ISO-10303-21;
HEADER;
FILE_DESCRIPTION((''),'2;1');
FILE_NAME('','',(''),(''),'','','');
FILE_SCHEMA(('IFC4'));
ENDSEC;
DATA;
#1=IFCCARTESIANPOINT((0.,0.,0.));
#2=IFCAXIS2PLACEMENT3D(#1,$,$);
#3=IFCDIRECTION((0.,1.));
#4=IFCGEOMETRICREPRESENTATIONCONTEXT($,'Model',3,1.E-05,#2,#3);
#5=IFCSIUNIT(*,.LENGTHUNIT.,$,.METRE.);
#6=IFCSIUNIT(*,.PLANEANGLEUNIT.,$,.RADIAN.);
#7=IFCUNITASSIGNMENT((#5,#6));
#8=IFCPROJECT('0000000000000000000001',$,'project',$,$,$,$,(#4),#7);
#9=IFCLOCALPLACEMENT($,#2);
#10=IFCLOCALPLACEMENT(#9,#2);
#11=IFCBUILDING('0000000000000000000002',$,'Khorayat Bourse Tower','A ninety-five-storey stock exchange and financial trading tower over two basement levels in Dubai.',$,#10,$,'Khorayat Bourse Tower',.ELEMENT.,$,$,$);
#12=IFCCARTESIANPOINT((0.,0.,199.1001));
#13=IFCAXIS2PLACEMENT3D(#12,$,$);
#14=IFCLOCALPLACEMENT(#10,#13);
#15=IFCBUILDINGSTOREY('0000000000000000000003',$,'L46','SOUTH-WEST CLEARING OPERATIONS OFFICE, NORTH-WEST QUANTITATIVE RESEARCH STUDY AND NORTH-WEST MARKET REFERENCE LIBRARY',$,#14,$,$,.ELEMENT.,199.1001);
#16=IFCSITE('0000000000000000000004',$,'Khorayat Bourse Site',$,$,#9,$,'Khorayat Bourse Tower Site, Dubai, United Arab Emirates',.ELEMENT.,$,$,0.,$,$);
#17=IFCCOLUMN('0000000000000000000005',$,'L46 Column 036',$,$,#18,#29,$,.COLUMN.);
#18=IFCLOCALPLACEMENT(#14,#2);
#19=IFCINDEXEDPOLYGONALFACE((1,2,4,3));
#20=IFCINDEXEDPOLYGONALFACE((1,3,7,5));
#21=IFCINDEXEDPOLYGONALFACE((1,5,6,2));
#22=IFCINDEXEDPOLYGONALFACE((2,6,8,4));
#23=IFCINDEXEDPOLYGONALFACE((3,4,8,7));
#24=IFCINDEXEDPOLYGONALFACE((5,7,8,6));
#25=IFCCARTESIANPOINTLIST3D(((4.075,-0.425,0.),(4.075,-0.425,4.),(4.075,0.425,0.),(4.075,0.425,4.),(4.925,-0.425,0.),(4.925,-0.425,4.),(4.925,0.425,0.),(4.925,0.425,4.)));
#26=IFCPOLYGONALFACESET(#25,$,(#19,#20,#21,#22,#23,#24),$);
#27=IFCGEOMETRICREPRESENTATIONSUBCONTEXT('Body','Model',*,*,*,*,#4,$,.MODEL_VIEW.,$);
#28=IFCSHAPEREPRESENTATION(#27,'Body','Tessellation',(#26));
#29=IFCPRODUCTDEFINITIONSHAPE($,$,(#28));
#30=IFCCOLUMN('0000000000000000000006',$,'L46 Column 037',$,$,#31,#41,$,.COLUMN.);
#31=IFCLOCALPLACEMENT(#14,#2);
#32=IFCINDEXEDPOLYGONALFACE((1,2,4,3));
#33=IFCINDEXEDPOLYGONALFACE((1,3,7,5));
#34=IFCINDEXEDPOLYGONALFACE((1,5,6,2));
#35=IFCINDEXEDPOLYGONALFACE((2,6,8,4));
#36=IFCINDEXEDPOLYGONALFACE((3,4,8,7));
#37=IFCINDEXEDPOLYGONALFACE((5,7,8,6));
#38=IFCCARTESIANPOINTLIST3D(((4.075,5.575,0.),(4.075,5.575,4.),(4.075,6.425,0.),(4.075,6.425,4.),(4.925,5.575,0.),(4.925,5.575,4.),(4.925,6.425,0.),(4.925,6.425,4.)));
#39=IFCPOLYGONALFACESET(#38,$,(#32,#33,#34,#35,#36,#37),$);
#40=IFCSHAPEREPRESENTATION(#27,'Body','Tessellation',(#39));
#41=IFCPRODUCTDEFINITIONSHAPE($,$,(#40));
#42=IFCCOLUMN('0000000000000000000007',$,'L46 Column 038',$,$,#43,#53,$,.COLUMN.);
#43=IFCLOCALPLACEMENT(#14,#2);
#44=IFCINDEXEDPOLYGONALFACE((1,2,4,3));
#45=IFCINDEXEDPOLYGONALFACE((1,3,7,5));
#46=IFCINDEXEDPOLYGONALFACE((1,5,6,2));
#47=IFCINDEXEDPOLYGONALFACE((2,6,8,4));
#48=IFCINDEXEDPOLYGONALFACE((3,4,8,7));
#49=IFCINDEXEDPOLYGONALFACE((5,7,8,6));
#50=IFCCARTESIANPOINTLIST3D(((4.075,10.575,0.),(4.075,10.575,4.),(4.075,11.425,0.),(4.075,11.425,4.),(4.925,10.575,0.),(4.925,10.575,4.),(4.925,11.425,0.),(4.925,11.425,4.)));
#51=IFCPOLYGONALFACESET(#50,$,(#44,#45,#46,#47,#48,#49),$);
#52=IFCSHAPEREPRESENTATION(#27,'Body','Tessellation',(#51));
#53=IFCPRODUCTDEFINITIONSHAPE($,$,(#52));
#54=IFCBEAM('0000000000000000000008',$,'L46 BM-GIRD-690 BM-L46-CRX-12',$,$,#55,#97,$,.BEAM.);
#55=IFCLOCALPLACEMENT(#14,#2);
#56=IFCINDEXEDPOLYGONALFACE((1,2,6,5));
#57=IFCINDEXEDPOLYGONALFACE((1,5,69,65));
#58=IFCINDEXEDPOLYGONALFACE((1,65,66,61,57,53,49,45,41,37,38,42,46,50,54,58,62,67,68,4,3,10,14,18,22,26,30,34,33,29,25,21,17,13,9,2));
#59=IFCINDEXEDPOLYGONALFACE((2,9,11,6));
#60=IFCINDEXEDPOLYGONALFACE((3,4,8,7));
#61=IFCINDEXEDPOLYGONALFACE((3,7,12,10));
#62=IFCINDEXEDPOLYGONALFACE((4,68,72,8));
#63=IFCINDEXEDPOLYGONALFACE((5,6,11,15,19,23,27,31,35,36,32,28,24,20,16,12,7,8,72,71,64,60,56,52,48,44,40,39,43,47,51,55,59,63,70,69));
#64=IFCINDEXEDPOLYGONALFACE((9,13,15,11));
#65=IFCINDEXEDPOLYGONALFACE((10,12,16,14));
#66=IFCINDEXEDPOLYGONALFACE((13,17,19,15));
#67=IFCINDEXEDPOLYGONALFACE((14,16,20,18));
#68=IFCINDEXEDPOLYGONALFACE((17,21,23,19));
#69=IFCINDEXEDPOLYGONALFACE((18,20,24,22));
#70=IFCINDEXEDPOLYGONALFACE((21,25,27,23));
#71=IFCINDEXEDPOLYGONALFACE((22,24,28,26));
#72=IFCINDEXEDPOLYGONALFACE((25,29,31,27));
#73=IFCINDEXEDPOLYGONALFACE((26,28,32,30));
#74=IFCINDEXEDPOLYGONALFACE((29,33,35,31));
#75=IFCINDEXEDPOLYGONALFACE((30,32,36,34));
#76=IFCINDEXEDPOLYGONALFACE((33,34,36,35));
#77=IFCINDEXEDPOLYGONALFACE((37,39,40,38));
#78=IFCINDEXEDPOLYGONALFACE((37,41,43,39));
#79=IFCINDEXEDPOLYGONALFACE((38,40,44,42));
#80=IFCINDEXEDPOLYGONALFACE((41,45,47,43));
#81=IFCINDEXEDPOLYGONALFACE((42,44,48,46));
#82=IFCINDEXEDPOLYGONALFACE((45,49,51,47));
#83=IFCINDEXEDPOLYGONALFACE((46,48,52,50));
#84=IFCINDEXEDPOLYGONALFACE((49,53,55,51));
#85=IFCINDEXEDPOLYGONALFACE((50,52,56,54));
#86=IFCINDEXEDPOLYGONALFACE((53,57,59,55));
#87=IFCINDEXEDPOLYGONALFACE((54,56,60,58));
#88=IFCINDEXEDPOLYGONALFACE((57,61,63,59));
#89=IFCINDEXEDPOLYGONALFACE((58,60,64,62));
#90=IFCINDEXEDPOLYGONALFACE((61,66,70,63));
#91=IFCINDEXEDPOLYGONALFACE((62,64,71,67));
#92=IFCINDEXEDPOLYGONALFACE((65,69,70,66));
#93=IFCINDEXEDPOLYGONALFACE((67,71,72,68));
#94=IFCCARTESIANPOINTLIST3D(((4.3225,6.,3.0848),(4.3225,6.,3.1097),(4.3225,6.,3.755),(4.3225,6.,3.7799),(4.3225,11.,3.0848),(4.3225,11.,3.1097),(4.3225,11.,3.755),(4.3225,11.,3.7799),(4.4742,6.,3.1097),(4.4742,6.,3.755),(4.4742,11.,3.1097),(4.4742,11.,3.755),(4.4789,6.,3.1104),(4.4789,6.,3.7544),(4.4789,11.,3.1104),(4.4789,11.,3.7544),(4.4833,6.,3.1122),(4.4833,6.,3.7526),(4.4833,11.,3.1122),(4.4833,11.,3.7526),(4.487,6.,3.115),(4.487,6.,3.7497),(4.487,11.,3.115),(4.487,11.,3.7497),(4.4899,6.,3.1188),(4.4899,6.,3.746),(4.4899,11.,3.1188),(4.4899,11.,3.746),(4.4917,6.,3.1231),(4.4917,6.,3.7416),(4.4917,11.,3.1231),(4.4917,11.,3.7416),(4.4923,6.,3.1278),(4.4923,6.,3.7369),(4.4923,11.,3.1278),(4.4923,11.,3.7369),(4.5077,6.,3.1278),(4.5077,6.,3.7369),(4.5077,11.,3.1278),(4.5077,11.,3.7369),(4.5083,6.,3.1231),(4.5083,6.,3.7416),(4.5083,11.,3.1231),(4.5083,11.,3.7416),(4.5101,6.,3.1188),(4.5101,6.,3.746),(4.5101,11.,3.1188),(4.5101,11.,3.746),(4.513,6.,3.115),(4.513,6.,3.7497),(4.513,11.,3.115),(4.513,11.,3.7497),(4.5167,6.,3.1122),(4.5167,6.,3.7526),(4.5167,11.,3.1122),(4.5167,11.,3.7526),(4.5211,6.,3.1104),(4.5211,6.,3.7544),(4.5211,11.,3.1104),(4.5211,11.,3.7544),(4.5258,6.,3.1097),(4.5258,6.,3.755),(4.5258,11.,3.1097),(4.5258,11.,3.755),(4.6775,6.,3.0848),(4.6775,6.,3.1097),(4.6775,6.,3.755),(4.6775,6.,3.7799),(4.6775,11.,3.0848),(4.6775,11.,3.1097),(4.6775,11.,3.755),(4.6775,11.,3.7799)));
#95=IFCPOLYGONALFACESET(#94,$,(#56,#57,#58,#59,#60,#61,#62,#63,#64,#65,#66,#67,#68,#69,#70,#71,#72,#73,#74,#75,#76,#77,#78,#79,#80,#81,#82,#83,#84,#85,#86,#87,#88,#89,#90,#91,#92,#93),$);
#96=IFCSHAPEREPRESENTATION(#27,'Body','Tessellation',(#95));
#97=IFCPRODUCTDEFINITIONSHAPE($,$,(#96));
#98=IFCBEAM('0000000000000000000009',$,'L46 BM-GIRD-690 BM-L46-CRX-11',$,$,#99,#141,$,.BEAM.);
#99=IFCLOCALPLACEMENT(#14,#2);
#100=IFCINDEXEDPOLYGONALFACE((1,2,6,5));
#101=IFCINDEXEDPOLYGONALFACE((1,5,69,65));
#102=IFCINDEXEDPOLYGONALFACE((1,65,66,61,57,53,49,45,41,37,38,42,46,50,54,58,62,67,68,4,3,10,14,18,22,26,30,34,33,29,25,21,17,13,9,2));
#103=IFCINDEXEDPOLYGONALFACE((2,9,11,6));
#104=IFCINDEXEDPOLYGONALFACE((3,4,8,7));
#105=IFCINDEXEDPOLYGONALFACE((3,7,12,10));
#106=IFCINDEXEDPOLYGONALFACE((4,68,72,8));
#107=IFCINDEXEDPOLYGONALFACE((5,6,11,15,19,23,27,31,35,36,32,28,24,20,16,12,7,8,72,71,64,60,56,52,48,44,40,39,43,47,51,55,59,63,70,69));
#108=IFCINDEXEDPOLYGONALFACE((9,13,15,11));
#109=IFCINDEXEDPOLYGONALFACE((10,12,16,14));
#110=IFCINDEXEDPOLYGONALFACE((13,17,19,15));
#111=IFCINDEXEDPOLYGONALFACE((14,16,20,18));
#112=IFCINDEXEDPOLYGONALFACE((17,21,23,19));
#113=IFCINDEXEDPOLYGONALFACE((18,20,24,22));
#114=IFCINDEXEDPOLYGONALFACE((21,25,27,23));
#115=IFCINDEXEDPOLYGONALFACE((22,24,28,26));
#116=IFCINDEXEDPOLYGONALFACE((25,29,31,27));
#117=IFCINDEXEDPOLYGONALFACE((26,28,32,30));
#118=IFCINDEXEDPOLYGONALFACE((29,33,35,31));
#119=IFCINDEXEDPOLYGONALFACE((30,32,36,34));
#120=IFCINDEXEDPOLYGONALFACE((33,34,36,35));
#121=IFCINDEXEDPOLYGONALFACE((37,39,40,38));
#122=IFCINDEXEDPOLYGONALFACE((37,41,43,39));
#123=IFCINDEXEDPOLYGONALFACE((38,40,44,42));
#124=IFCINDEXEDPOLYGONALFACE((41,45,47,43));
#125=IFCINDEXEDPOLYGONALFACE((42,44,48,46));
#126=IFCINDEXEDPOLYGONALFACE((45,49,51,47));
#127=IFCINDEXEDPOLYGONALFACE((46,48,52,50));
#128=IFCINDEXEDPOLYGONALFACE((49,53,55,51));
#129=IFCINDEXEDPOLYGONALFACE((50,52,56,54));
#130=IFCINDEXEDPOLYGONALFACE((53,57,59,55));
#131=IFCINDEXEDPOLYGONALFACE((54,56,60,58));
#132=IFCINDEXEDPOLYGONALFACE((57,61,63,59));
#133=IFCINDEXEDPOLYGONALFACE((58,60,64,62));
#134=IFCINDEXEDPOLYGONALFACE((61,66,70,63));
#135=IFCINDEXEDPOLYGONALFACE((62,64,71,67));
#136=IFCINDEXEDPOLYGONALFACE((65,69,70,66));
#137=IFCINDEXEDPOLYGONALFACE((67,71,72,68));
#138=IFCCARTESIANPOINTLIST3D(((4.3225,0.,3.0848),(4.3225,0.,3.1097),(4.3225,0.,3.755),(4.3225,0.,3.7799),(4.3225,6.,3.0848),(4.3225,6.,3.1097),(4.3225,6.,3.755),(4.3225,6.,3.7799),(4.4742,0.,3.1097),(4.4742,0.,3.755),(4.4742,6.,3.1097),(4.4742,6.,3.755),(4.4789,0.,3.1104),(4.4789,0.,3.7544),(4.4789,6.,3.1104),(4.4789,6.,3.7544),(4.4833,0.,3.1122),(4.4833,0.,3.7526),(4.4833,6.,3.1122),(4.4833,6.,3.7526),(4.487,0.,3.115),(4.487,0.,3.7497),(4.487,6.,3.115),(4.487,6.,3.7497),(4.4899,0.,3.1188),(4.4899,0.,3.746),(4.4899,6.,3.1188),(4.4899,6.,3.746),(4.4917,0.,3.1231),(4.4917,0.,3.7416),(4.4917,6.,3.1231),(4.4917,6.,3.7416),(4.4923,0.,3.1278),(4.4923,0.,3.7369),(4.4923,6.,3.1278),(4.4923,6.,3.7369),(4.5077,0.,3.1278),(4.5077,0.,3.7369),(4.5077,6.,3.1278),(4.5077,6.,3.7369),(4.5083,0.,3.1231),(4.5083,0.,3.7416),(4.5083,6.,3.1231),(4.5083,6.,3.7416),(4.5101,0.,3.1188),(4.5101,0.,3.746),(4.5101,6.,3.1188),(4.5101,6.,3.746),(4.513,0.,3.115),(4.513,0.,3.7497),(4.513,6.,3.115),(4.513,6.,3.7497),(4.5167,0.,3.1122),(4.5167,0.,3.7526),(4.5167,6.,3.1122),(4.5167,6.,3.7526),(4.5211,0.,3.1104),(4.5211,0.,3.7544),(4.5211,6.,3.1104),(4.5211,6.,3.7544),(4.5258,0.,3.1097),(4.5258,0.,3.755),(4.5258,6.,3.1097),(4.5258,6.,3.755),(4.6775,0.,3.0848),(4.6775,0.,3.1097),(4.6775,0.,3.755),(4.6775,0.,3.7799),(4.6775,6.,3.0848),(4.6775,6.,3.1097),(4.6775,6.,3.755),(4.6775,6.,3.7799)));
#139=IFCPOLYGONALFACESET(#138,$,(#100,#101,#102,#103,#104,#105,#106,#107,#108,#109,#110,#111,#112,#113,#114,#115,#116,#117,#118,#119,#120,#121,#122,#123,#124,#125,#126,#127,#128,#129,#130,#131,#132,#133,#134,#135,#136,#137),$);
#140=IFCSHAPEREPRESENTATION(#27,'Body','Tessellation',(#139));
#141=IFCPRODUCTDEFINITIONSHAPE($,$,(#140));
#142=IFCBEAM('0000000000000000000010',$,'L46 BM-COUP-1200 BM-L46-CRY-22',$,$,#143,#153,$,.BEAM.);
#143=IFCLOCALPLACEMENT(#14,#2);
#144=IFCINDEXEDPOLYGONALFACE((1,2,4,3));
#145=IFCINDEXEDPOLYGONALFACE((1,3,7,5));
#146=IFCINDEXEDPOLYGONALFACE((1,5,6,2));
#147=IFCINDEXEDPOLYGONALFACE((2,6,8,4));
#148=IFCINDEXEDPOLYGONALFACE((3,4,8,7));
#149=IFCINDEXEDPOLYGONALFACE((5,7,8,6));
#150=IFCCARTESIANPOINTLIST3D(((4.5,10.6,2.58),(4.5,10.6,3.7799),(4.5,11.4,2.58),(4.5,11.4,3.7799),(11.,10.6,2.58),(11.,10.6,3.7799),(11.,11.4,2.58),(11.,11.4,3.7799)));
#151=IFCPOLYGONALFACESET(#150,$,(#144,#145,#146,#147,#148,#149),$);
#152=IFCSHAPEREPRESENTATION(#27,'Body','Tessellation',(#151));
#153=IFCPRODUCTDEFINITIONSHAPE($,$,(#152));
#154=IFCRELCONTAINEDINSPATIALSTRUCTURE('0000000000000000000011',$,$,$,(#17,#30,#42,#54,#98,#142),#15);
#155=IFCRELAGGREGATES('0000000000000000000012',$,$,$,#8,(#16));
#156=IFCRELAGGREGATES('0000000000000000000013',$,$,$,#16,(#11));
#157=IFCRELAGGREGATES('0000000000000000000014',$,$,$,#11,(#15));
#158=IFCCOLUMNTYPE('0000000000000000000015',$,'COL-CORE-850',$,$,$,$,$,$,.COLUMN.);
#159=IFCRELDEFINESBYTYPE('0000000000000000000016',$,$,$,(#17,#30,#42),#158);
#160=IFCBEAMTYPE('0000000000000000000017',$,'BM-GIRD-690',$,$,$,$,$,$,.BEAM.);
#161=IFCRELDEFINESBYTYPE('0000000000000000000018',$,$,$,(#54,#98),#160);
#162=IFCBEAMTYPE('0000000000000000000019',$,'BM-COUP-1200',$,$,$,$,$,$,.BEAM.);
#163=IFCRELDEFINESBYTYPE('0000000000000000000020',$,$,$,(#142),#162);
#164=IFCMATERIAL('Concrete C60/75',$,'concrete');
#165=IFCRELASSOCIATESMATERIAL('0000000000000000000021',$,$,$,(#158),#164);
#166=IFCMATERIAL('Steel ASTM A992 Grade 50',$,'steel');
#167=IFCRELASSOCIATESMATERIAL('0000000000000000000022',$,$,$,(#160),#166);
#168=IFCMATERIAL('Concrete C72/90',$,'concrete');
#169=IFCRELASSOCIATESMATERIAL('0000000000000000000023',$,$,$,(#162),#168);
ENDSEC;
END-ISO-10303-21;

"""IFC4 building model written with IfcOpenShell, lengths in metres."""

from ifc_helpers import new_model, si_unit, direction, frame, origin, origin_2d, place, context, subcontext, project, spatial, rectangle, i_section, extrude, source, transform, mapped, material, material_profile, profile_set, type_object, element, save


model = new_model("IFC4")

# Units and contexts
model_context = context("Model", 3, precision=1e-05, world=origin(), true_north=direction((0.0, 1.0)))
body_context = subcontext(model_context, "Body", "Model", "MODEL_VIEW")
ifc_project = project(units=[si_unit("LENGTHUNIT", "METRE"), si_unit("PLANEANGLEUNIT", "RADIAN")], contexts=[model_context])

# Site, building, storey
site_placement = place(None, origin())
site = spatial("IfcSite", under=ifc_project, at=site_placement, Name="Khorayat Bourse Site", LongName="Khorayat Bourse Tower Site, Dubai, United Arab Emirates", CompositionType="ELEMENT", RefElevation=0.0)
building_placement = place(site_placement, origin())
building = spatial("IfcBuilding", under=site, at=building_placement, Name="Khorayat Bourse Tower", Description="A ninety-five-storey stock exchange and financial trading tower over two basement levels in Dubai.", LongName="Khorayat Bourse Tower", CompositionType="ELEMENT")
storey_placement = place(building_placement, frame((0.0, 0.0, 199.1001)))
storey = spatial("IfcBuildingStorey", under=building, at=storey_placement, Name="L46", Description="SOUTH-WEST CLEARING OPERATIONS OFFICE, NORTH-WEST QUANTITATIVE RESEARCH STUDY AND NORTH-WEST MARKET REFERENCE LIBRARY", CompositionType="ELEMENT", Elevation=199.1001)

# Columns
ifc_material_1 = material(Name="Concrete C60/75", Category="concrete")
ifc_material_profile_1 = material_profile(ifc_material_1, rectangle(XDim=0.8501, YDim=0.8501, at=origin_2d()), Name="RC 850x850")
ifc_profile_set_1 = profile_set([ifc_material_profile_1], Name="Concrete C60/75")
column_type = type_object("IfcColumnType", Name="COL-CORE-850", PredefinedType="COLUMN", material=ifc_profile_set_1)
shared_shape_1 = source(origin(), body_context, "Body", "SweptSolid", [
    extrude(rectangle(XDim=0.8501, YDim=0.8501, at=origin_2d()), origin(), (0.0, 0.0, 1.0), 4.0),
])
for number, where, z_axis, x_axis, name in (
    (1, (4.5, 0.0, 0.0), (0.0, 0.0, 1.0), (1.0, 0.0, 0.0), "L46 Column 036"),
    (2, (4.5, 6.0, 0.0), (0.0, 0.0, 1.0), (1.0, 0.0, 0.0), "L46 Column 037"),
    (3, (4.5, 11.0, 0.0), (0.0, 0.0, 1.0), (1.0, 0.0, 0.0), "L46 Column 038"),
):
    element("IfcColumn", number, at=place(storey_placement, frame(where, z_axis=z_axis, x_axis=x_axis)), inside=storey, type_object=column_type, Name=name, PredefinedType="COLUMN", context=body_context, shape_type="MappedRepresentation", body=[
        mapped(shared_shape_1, transform((0.0, 0.0, 0.0), scale=1.0)),
    ])

# Beams
ifc_material_2 = material(Name="Steel ASTM A992 Grade 50", Category="steel")
ifc_material_profile_2 = material_profile(ifc_material_2, i_section(OverallWidth=0.355, OverallDepth=0.6951, WebThickness=0.0154, FlangeThickness=0.0249, FilletRadius=0.0181, at=origin_2d()), Name="W690X217")
ifc_profile_set_2 = profile_set([ifc_material_profile_2], Name="Steel ASTM A992 Grade 50")
beam_type_1 = type_object("IfcBeamType", Name="BM-GIRD-690", PredefinedType="BEAM", material=ifc_profile_set_2)
shared_shape_2 = source(origin(), body_context, "Body", "SweptSolid", [
    extrude(i_section(OverallWidth=0.355, OverallDepth=0.6951, WebThickness=0.0154, FlangeThickness=0.0249, FilletRadius=0.0181, at=origin_2d()), origin(), (0.0, 0.0, 1.0), 5.0),
])
beam_1_placement = place(storey_placement, frame((4.5, 6.0, 3.4324), z_axis=(0.0, 1.0, 0.0), x_axis=(-1.0, 0.0, 0.0)))
element("IfcBeam", 4, at=beam_1_placement, inside=storey, type_object=beam_type_1, Name="L46 BM-GIRD-690 BM-L46-CRX-12", PredefinedType="BEAM", context=body_context, shape_type="MappedRepresentation", body=[
    mapped(shared_shape_2, transform((0.0, 0.0, 0.0), scale=1.0)),
])
shared_shape_3 = source(origin(), body_context, "Body", "SweptSolid", [
    extrude(i_section(OverallWidth=0.355, OverallDepth=0.6951, WebThickness=0.0154, FlangeThickness=0.0249, FilletRadius=0.0181, at=origin_2d()), origin(), (0.0, 0.0, 1.0), 6.0),
])
beam_2_placement = place(storey_placement, frame((4.5, 0.0, 3.4324), z_axis=(0.0, 1.0, 0.0), x_axis=(-1.0, 0.0, 0.0)))
element("IfcBeam", 5, at=beam_2_placement, inside=storey, type_object=beam_type_1, Name="L46 BM-GIRD-690 BM-L46-CRX-11", PredefinedType="BEAM", context=body_context, shape_type="MappedRepresentation", body=[
    mapped(shared_shape_3, transform((0.0, 0.0, 0.0), scale=1.0)),
])
ifc_material_3 = material(Name="Concrete C72/90", Category="concrete")
ifc_material_profile_3 = material_profile(ifc_material_3, rectangle(XDim=0.8, YDim=1.2, at=origin_2d()), Name="RC 800x1200")
ifc_profile_set_3 = profile_set([ifc_material_profile_3], Name="Concrete C72/90")
beam_type_2 = type_object("IfcBeamType", Name="BM-COUP-1200", PredefinedType="BEAM", material=ifc_profile_set_3)
shared_shape_4 = source(origin(), body_context, "Body", "SweptSolid", [
    extrude(rectangle(XDim=0.8, YDim=1.2, at=origin_2d()), origin(), (0.0, 0.0, 1.0), 6.5),
])
beam_3_placement = place(storey_placement, frame((4.5, 11.0, 3.1799), z_axis=(1.0, 0.0, 0.0), x_axis=(0.0, 1.0, 0.0)))
element("IfcBeam", 6, at=beam_3_placement, inside=storey, type_object=beam_type_2, Name="L46 BM-COUP-1200 BM-L46-CRY-22", PredefinedType="BEAM", context=body_context, shape_type="MappedRepresentation", body=[
    mapped(shared_shape_4, transform((0.0, 0.0, 0.0), scale=1.0)),
])

save(model, "model.ifc")
